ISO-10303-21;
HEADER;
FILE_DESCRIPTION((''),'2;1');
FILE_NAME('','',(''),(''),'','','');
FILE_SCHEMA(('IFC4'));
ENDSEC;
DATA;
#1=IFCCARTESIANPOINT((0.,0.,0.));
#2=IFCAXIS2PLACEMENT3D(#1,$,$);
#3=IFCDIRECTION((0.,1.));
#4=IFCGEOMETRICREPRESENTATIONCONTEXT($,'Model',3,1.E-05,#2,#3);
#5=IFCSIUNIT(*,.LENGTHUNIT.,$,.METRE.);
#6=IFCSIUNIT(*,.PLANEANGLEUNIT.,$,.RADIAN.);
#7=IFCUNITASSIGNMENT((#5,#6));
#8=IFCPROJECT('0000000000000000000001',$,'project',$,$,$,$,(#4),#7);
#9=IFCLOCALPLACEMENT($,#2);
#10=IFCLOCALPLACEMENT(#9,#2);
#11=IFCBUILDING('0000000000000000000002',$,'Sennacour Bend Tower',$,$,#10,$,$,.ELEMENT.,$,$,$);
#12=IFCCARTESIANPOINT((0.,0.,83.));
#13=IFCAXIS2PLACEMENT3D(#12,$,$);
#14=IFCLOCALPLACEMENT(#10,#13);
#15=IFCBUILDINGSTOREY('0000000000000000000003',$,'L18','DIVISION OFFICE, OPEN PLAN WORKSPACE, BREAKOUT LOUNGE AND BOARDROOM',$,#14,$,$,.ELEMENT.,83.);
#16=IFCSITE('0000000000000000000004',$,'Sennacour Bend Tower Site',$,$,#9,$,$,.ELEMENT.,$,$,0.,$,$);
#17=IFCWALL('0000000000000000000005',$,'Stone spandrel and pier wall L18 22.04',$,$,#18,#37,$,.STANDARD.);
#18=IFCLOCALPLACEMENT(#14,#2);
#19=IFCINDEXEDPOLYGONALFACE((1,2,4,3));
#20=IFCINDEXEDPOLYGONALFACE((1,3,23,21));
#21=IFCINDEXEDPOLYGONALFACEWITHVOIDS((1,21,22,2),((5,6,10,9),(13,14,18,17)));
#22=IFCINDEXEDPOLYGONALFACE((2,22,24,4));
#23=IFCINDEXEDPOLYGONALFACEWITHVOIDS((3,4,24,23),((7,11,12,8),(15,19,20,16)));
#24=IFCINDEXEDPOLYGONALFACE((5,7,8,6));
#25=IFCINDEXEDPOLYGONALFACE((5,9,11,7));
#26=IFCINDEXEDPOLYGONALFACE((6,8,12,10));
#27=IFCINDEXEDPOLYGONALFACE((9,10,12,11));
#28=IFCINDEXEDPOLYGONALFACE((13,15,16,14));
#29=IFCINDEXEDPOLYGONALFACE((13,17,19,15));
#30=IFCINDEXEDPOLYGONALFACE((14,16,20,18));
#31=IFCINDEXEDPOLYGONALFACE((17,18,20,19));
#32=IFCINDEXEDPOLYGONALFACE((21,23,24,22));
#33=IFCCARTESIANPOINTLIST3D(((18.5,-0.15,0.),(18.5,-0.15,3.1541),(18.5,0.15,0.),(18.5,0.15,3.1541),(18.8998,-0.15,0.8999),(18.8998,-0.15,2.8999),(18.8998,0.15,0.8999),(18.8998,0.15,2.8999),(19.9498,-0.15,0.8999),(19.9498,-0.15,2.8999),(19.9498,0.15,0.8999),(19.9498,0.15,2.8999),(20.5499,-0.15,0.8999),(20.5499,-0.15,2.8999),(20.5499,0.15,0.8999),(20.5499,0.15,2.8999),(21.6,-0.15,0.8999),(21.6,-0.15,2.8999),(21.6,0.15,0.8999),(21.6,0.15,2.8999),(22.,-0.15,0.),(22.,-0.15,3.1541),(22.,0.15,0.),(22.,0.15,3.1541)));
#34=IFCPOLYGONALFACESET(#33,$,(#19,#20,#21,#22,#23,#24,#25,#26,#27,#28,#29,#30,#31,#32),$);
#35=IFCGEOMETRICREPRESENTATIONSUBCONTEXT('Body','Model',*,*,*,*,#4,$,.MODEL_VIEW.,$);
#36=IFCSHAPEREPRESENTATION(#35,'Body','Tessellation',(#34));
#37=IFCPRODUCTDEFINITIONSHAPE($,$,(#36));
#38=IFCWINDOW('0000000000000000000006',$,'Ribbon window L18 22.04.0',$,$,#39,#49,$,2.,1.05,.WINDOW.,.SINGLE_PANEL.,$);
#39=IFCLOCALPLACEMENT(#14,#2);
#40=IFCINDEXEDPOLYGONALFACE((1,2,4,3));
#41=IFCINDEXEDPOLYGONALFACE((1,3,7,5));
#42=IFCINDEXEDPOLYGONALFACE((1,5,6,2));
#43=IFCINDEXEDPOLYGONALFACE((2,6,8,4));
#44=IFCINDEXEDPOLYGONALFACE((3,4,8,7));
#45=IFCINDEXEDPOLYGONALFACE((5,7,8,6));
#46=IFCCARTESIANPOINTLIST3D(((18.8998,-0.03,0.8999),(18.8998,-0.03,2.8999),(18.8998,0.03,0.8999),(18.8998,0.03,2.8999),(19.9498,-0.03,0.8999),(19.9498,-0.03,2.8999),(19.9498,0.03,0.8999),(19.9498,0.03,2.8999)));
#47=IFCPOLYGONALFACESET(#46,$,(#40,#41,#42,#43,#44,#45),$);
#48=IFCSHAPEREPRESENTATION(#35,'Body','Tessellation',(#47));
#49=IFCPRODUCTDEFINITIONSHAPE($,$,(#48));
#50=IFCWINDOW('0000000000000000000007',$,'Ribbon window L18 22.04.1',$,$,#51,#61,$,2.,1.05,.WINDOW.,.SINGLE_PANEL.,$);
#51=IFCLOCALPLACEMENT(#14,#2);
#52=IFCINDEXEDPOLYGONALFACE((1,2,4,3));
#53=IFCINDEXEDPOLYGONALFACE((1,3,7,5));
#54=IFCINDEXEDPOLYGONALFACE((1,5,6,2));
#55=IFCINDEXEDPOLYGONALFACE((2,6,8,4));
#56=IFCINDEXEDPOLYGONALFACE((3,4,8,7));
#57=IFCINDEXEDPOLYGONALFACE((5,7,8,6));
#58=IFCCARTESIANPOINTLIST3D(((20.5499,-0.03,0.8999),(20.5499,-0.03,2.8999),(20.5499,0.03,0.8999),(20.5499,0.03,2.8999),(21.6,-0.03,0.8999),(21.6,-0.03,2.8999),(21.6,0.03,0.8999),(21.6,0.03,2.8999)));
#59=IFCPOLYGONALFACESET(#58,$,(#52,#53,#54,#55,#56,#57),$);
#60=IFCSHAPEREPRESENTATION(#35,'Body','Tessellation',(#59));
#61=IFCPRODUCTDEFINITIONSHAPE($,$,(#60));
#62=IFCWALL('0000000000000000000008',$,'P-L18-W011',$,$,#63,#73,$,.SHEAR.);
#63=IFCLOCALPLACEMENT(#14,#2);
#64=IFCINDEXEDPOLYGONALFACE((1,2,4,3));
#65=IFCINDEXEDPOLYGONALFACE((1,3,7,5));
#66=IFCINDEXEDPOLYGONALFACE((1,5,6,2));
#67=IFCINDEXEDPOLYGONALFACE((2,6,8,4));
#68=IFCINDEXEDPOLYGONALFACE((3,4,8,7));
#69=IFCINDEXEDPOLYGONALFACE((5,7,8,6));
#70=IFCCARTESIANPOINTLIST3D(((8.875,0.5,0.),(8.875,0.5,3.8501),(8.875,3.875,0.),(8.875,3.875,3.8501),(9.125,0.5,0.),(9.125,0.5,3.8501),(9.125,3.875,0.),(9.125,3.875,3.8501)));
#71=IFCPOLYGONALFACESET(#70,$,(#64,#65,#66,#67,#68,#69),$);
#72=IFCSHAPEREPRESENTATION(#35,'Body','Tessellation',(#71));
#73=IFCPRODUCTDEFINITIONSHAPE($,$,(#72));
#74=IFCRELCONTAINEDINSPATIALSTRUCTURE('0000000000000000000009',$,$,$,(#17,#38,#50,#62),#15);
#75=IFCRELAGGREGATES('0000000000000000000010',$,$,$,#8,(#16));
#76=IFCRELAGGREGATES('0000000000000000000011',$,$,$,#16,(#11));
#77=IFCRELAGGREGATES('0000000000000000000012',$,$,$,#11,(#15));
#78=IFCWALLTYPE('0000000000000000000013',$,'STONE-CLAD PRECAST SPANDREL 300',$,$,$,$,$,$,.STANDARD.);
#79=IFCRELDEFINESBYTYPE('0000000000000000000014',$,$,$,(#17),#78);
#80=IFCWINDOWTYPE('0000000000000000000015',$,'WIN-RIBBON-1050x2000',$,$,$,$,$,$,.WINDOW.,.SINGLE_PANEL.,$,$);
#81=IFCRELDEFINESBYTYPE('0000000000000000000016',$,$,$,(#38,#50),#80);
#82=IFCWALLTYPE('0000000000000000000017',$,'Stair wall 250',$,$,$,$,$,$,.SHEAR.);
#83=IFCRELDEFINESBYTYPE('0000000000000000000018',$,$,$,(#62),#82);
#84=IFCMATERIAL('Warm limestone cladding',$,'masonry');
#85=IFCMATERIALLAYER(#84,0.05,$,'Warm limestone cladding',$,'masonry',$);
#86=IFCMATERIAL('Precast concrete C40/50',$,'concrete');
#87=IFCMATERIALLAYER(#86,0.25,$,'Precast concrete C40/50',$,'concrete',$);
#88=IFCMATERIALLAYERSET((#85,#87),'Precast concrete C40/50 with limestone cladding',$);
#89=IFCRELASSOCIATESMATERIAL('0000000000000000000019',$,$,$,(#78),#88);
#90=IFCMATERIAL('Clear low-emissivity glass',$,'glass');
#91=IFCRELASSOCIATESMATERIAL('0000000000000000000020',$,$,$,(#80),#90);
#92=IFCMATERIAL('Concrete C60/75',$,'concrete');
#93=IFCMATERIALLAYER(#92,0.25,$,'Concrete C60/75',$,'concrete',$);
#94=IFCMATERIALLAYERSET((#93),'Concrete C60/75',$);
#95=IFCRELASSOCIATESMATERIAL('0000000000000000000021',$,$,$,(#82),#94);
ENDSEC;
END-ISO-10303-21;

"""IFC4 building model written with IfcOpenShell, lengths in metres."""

from ifc_helpers import new_model, si_unit, direction, frame, frame_2d, origin, place, context, subcontext, project, spatial, rectangle, extrude, material, layer, layer_set, type_object, element, fill, save


model = new_model("IFC4")

# Units and contexts
model_context = context("Model", 3, precision=1e-05, world=origin(), true_north=direction((0.0, 1.0)))
body_context = subcontext(model_context, "Body", "Model", "MODEL_VIEW")
ifc_project = project(units=[si_unit("LENGTHUNIT", "METRE"), si_unit("PLANEANGLEUNIT", "RADIAN")], contexts=[model_context])

# Site, building, storey
site_placement = place(None, origin())
site = spatial("IfcSite", under=ifc_project, at=site_placement, Name="Sennacour Bend Tower Site", CompositionType="ELEMENT", RefElevation=0.0)
building_placement = place(site_placement, origin())
building = spatial("IfcBuilding", under=site, at=building_placement, Name="Sennacour Bend Tower", CompositionType="ELEMENT")
storey_placement = place(building_placement, frame((0.0, 0.0, 83.0)))
storey = spatial("IfcBuildingStorey", under=building, at=storey_placement, Name="L18", Description="DIVISION OFFICE, OPEN PLAN WORKSPACE, BREAKOUT LOUNGE AND BOARDROOM", CompositionType="ELEMENT", Elevation=83.0)

# Wall, openings, windows
ifc_material_1 = material(Name="Warm limestone cladding", Category="masonry")
ifc_layer_1 = layer(ifc_material_1, 0.05, Name="Warm limestone cladding", Category="masonry")
ifc_material_2 = material(Name="Precast concrete C40/50", Category="concrete")
ifc_layer_2 = layer(ifc_material_2, 0.25, Name="Precast concrete C40/50", Category="concrete")
ifc_layer_set_1 = layer_set([ifc_layer_1, ifc_layer_2], Name="Precast concrete C40/50 with limestone cladding")
wall_type_1 = type_object("IfcWallType", Name="STONE-CLAD PRECAST SPANDREL 300", PredefinedType="STANDARD", material=ifc_layer_set_1)
ifc_material_3 = material(Name="Clear low-emissivity glass", Category="glass")
window_type = type_object("IfcWindowType", Name="WIN-RIBBON-1050x2000", PartitioningType="SINGLE_PANEL", PredefinedType="WINDOW", material=ifc_material_3)
wall_1_placement = place(storey_placement, frame((18.5, 0.0, 0.0), z_axis=(0.0, 0.0, 1.0), x_axis=(1.0, 0.0, 0.0)))
wall_1 = element("IfcWall", 1, at=wall_1_placement, inside=storey, type_object=wall_type_1, Name="Stone spandrel and pier wall L18 22.04", PredefinedType="STANDARD", context=body_context, shape_type="SweptSolid", body=[
    extrude(rectangle(XDim=3.5, YDim=0.3, at=frame_2d((1.75, 0.0))), origin(), (0.0, 0.0, 1.0), 3.1541),
])
opening_1_placement = place(wall_1_placement, frame((0.3999, 0.0, 0.8999)))
opening_1 = element("IfcOpeningElement", 2, at=opening_1_placement, cuts=wall_1, PredefinedType="OPENING", context=body_context, shape_type="SweptSolid", body=[
    extrude(rectangle(XDim=1.05, YDim=2.0, at=frame_2d((0.5249, 1.0))), frame((0.0, 0.1602, 0.0), z_axis=(0.0, -1.0, 0.0), x_axis=(1.0, 0.0, 0.0)), (0.0, 0.0, 1.0), 0.3201),
])
opening_2_placement = place(wall_1_placement, frame((2.05, 0.0, 0.8999)))
opening_2 = element("IfcOpeningElement", 3, at=opening_2_placement, cuts=wall_1, PredefinedType="OPENING", context=body_context, shape_type="SweptSolid", body=[
    extrude(rectangle(XDim=1.05, YDim=2.0, at=frame_2d((0.5249, 1.0))), frame((0.0, 0.1602, 0.0), z_axis=(0.0, -1.0, 0.0), x_axis=(1.0, 0.0, 0.0)), (0.0, 0.0, 1.0), 0.3201),
])
window_1_placement = place(opening_1_placement, origin())
window_1 = element("IfcWindow", 4, at=window_1_placement, inside=storey, type_object=window_type, Name="Ribbon window L18 22.04.0", OverallHeight=2.0, OverallWidth=1.05, PartitioningType="SINGLE_PANEL", PredefinedType="WINDOW", context=body_context, shape_type="SweptSolid", body=[
    extrude(rectangle(XDim=1.05, YDim=2.0, at=frame_2d((0.5249, 1.0))), frame((0.0, 0.03, 0.0), z_axis=(0.0, -1.0, 0.0), x_axis=(1.0, 0.0, 0.0)), (0.0, 0.0, 1.0), 0.0601),
])
fill(opening_1, window_1)
window_2_placement = place(opening_2_placement, origin())
window_2 = element("IfcWindow", 5, at=window_2_placement, inside=storey, type_object=window_type, Name="Ribbon window L18 22.04.1", OverallHeight=2.0, OverallWidth=1.05, PartitioningType="SINGLE_PANEL", PredefinedType="WINDOW", context=body_context, shape_type="SweptSolid", body=[
    extrude(rectangle(XDim=1.05, YDim=2.0, at=frame_2d((0.5249, 1.0))), frame((0.0, 0.03, 0.0), z_axis=(0.0, -1.0, 0.0), x_axis=(1.0, 0.0, 0.0)), (0.0, 0.0, 1.0), 0.0601),
])
fill(opening_2, window_2)

# Wall
ifc_material_4 = material(Name="Concrete C60/75", Category="concrete")
ifc_layer_3 = layer(ifc_material_4, 0.25, Name="Concrete C60/75", Category="concrete")
ifc_layer_set_2 = layer_set([ifc_layer_3], Name="Concrete C60/75")
wall_type_2 = type_object("IfcWallType", Name="Stair wall 250", PredefinedType="SHEAR", material=ifc_layer_set_2)
wall_2_placement = place(storey_placement, frame((9.0, 0.5, 0.0), z_axis=(0.0, 0.0, 1.0), x_axis=(0.0, 1.0, 0.0)))
element("IfcWall", 6, at=wall_2_placement, inside=storey, type_object=wall_type_2, Name="P-L18-W011", PredefinedType="SHEAR", context=body_context, shape_type="SweptSolid", body=[
    extrude(rectangle(XDim=3.375, YDim=0.25, at=frame_2d((1.6875, 0.0))), origin(), (0.0, 0.0, 1.0), 3.8501),
])

save(model, "model.ifc")
